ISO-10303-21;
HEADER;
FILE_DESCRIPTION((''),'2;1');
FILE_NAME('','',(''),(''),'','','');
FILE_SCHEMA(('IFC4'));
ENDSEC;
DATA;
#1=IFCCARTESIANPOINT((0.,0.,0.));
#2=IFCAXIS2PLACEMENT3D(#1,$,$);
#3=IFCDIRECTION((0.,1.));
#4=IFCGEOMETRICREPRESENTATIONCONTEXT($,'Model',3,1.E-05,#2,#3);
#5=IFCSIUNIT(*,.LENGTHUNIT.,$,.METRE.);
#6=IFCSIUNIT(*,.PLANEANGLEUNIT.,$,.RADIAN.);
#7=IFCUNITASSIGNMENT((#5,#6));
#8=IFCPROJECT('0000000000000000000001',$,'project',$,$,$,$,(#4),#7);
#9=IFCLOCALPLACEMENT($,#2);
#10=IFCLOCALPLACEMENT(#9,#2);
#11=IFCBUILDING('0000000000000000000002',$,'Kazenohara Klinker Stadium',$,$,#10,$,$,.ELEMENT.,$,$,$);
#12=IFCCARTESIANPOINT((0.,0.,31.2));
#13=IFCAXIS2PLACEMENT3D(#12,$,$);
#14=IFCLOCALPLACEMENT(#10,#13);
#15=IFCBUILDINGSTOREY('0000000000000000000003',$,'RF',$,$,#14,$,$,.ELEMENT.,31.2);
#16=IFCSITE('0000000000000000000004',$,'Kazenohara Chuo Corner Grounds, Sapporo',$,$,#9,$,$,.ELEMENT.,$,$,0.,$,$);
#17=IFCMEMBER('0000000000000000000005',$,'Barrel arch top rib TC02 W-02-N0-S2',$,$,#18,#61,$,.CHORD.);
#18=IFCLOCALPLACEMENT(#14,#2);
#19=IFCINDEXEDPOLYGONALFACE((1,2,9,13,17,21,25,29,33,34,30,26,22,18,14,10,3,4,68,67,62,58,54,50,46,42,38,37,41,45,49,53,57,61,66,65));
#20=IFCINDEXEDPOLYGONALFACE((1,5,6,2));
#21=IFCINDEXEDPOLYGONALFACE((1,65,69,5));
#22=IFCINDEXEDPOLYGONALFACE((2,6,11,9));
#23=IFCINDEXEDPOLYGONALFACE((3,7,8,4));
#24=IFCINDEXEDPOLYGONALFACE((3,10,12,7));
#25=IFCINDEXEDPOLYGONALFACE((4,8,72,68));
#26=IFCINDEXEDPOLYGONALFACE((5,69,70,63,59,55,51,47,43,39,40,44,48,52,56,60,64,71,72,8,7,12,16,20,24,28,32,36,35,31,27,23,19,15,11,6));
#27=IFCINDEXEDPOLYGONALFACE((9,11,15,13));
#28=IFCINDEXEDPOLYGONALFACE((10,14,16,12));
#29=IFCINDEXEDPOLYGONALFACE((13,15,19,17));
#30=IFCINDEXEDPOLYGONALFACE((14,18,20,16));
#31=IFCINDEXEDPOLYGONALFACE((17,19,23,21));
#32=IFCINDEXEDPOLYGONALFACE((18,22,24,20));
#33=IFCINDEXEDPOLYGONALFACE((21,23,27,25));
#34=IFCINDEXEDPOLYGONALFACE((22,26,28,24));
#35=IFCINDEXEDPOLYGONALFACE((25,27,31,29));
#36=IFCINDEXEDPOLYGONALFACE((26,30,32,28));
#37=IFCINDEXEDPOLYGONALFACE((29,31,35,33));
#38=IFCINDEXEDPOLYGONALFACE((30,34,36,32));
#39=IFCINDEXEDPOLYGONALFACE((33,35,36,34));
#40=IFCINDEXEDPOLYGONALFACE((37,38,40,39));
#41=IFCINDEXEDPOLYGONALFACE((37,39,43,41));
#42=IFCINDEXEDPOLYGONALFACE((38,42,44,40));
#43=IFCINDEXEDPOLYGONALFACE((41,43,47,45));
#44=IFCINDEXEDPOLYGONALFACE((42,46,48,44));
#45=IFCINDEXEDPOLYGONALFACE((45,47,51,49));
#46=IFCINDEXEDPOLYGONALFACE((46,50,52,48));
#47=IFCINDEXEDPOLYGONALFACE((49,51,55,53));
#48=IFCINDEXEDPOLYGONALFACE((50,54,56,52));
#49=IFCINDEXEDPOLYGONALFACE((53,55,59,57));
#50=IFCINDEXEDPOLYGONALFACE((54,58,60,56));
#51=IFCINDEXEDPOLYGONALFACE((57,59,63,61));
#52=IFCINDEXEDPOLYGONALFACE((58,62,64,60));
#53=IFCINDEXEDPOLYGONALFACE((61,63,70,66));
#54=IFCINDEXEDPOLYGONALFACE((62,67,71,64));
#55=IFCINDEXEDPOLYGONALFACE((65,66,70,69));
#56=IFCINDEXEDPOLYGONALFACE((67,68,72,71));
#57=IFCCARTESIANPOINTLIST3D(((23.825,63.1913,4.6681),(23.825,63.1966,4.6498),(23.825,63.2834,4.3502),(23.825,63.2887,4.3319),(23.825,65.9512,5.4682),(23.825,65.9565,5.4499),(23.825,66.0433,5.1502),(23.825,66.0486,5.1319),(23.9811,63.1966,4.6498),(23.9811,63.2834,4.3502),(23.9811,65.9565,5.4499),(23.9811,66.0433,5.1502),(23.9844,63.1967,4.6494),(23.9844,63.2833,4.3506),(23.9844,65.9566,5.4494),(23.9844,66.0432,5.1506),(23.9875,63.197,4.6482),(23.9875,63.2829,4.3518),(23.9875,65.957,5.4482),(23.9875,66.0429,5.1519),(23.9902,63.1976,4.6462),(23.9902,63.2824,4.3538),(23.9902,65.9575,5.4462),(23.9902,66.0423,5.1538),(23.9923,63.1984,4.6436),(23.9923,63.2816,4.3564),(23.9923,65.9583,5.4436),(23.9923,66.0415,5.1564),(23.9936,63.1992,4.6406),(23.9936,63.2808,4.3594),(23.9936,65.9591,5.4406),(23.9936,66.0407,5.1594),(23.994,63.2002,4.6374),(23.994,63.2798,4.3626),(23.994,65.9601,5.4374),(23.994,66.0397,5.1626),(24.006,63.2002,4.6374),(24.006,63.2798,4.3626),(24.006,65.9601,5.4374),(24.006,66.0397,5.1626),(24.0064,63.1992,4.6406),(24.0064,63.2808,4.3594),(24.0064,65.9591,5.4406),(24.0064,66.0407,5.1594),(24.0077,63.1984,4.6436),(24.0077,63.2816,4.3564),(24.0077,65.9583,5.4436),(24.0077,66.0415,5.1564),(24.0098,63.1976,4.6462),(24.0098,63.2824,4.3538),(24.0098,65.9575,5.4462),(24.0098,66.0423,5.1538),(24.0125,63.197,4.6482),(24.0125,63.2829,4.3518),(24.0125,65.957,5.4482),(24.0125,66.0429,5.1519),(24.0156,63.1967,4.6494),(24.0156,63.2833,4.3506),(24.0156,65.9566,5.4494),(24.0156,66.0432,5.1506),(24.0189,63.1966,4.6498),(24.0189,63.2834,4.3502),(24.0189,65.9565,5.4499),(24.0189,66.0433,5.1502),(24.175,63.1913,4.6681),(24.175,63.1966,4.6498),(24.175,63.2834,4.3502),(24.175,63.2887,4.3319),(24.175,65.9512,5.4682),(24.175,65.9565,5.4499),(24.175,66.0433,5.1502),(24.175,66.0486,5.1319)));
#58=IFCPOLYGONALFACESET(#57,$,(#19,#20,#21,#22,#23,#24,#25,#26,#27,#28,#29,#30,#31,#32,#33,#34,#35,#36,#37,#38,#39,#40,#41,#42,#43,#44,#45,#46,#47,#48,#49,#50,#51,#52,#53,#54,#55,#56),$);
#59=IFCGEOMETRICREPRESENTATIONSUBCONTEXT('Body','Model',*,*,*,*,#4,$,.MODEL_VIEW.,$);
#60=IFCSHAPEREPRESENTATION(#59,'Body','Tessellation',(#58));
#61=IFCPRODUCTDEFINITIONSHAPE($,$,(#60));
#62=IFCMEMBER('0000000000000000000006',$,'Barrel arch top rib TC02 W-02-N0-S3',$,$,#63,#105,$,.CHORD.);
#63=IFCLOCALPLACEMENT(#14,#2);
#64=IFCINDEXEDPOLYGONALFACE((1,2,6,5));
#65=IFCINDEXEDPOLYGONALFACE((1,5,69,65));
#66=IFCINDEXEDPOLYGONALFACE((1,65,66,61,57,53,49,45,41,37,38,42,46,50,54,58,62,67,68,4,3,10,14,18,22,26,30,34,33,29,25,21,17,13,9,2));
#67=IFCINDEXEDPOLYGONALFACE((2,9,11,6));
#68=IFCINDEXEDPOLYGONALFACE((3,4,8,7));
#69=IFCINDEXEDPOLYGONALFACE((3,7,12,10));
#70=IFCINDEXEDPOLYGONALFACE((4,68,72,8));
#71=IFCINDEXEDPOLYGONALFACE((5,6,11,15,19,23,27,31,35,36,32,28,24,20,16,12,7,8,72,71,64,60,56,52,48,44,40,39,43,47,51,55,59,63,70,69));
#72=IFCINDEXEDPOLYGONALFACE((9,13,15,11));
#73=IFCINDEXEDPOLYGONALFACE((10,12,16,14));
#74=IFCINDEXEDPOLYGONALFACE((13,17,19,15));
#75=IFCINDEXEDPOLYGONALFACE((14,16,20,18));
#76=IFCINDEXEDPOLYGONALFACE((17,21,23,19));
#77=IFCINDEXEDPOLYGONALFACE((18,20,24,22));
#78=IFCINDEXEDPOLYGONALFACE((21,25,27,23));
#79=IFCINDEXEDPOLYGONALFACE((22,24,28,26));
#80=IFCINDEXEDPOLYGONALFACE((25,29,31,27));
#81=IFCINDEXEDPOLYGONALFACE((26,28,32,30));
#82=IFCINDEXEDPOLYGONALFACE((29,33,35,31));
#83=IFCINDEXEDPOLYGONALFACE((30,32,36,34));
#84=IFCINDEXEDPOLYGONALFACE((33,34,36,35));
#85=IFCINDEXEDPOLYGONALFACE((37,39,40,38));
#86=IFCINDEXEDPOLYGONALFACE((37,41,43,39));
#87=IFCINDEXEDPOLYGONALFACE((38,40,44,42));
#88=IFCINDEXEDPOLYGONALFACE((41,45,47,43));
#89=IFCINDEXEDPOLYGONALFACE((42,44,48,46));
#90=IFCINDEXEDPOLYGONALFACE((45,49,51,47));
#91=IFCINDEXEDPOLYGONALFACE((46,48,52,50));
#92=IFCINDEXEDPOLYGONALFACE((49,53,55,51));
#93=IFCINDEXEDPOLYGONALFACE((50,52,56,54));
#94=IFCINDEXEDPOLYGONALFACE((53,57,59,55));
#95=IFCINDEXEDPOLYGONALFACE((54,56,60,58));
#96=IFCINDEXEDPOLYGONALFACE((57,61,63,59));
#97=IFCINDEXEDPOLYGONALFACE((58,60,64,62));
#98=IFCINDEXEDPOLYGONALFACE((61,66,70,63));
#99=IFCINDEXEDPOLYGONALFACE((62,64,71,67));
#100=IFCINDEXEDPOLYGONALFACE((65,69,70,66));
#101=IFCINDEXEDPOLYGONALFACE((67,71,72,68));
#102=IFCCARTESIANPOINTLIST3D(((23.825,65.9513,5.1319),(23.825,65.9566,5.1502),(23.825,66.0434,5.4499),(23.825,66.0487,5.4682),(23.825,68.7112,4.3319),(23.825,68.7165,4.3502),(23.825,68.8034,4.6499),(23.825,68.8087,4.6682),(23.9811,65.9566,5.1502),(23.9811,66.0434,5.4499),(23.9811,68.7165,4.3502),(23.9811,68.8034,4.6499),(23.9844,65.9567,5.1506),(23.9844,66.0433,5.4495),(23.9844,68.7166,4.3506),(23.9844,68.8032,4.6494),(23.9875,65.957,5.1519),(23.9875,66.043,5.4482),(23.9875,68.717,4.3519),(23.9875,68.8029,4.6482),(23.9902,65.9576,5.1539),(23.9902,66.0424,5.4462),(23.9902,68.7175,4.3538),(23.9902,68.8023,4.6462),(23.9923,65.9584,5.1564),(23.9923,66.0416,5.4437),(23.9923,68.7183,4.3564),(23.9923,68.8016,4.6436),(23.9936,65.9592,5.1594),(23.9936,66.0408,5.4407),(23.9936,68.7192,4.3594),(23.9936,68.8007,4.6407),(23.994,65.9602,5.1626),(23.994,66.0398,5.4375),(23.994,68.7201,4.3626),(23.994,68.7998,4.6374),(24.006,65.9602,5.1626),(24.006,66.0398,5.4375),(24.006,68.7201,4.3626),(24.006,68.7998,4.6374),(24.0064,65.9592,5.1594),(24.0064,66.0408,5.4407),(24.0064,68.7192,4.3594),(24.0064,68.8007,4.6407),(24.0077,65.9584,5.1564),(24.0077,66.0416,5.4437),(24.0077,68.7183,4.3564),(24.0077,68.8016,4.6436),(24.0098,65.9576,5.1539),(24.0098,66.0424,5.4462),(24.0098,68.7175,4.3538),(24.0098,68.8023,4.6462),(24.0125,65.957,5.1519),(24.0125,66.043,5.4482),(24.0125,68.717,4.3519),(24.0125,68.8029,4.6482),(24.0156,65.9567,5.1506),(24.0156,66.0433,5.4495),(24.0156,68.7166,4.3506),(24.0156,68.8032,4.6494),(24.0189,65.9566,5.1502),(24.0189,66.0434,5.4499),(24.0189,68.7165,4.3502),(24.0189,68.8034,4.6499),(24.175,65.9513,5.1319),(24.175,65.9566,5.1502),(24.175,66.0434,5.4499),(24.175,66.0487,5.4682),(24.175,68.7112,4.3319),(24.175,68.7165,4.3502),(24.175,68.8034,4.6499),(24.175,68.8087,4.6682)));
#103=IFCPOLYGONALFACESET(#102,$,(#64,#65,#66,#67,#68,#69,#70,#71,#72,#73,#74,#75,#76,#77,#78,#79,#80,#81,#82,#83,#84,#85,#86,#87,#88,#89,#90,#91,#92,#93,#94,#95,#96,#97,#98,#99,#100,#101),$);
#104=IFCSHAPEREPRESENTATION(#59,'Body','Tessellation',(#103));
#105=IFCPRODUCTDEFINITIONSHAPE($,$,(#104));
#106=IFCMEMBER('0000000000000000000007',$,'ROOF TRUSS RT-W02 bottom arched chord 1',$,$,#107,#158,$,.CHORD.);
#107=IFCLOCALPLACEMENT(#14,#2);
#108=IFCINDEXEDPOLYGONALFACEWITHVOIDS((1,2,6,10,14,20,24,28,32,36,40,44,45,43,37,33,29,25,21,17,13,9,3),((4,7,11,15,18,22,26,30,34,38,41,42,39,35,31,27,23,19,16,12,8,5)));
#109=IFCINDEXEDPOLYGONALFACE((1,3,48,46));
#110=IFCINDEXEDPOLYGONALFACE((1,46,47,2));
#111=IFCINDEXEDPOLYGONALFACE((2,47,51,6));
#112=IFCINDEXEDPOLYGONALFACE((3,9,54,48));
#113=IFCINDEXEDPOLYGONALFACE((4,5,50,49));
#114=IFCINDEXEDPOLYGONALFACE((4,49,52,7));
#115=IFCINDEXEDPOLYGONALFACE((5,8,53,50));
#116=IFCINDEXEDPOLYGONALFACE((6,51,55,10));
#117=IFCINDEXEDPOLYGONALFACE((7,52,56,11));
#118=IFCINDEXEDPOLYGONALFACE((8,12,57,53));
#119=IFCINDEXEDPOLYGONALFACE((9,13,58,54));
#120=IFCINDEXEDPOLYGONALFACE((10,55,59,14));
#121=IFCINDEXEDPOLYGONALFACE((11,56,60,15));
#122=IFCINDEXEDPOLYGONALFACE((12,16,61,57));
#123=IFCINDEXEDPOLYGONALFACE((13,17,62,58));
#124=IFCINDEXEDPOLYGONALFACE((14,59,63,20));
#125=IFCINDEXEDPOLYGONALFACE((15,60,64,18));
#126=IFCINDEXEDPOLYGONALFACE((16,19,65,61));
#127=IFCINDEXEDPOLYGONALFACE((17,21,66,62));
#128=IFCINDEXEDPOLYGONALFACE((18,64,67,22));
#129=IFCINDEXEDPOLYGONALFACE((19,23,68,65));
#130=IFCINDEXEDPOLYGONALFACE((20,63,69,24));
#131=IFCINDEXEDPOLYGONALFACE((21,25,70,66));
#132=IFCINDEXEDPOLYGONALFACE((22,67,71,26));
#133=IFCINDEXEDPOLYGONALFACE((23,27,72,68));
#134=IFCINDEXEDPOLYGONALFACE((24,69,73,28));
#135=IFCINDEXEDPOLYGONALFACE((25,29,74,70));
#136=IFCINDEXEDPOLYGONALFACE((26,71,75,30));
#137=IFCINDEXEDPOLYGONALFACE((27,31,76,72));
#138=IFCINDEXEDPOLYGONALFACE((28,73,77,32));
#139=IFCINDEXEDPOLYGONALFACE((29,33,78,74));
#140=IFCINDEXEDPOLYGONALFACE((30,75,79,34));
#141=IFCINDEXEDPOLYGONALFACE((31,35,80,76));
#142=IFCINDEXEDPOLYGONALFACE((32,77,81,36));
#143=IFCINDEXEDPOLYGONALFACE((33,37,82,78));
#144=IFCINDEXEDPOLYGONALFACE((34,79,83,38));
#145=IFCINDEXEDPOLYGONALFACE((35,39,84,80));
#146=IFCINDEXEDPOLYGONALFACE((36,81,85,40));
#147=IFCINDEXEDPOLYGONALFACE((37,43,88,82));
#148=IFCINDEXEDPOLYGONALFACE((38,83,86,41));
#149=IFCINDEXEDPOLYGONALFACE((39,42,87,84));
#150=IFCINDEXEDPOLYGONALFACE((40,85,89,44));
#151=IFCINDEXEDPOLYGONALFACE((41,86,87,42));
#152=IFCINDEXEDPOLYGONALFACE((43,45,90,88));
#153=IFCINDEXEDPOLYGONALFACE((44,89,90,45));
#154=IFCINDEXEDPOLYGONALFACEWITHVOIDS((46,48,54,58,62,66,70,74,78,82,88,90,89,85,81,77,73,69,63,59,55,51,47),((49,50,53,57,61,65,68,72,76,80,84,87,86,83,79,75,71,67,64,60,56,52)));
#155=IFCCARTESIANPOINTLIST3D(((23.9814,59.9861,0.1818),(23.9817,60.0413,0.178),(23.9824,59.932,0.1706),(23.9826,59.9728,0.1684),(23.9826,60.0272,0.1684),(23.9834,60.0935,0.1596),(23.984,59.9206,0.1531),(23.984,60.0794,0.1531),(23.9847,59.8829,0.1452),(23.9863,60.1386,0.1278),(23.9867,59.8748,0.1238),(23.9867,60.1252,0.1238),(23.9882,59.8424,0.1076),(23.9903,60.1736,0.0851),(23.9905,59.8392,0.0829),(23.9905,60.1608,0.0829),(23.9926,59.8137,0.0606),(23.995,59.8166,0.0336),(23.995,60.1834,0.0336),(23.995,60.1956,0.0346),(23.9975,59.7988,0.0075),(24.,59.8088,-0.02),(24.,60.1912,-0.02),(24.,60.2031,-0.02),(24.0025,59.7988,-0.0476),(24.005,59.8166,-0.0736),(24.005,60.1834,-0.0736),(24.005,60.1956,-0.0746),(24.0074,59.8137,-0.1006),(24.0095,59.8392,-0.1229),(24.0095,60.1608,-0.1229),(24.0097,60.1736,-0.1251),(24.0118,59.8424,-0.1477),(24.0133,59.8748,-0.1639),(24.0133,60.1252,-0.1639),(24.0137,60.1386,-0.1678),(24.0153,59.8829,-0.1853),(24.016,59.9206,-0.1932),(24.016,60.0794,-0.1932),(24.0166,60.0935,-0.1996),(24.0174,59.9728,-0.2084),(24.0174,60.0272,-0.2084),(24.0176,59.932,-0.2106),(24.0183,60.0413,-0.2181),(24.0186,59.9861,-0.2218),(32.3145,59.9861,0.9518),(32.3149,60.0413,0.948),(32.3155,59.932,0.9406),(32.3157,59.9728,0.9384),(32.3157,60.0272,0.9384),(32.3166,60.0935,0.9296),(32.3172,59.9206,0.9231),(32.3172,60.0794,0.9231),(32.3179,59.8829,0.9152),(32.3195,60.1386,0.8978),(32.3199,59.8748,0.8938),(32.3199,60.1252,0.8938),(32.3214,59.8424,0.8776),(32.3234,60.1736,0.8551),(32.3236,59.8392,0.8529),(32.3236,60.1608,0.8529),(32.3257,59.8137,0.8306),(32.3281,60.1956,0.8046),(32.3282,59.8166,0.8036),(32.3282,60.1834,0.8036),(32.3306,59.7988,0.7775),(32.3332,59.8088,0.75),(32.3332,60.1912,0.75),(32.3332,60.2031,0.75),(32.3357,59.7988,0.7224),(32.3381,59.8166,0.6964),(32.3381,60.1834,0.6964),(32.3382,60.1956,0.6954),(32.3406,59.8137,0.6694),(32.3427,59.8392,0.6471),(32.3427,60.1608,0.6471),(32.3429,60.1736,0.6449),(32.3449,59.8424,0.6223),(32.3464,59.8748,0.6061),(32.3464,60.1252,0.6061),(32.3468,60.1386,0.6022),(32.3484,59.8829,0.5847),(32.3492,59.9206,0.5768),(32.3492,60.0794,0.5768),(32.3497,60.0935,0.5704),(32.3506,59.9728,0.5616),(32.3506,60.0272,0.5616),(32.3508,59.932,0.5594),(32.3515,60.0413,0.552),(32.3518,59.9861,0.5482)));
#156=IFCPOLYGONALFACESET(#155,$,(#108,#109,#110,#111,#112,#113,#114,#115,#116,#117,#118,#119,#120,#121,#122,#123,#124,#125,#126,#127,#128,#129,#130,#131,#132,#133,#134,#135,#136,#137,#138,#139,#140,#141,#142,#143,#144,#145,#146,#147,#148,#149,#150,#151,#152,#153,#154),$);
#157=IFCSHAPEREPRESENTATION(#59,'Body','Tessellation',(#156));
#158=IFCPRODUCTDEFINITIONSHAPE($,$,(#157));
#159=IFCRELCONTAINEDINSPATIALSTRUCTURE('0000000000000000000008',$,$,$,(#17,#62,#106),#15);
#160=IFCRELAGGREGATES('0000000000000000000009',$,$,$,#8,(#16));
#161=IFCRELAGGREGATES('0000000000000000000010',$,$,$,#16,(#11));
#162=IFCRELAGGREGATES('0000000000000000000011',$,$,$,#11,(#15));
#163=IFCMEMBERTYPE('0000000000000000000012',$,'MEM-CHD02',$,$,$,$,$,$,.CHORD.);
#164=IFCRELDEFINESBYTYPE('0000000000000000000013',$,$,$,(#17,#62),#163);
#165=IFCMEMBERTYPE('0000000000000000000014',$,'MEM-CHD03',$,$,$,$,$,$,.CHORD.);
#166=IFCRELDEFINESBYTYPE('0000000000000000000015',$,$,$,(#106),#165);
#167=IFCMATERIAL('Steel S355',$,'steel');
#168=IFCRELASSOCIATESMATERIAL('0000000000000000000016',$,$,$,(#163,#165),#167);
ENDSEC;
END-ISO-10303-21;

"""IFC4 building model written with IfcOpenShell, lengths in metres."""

from ifc_helpers import new_model, si_unit, direction, frame, origin, origin_2d, place, context, subcontext, project, spatial, hollow_circle, i_section, extrude, material, material_profile, profile_set, type_object, element, save


model = new_model("IFC4")

# Units and contexts
model_context = context("Model", 3, precision=1e-05, world=origin(), true_north=direction((0.0, 1.0)))
body_context = subcontext(model_context, "Body", "Model", "MODEL_VIEW")
ifc_project = project(units=[si_unit("LENGTHUNIT", "METRE"), si_unit("PLANEANGLEUNIT", "RADIAN")], contexts=[model_context])

# Site, building, storey
site_placement = place(None, origin())
site = spatial("IfcSite", under=ifc_project, at=site_placement, Name="Kazenohara Chuo Corner Grounds, Sapporo", CompositionType="ELEMENT", RefElevation=0.0)
building_placement = place(site_placement, origin())
building = spatial("IfcBuilding", under=site, at=building_placement, Name="Kazenohara Klinker Stadium", CompositionType="ELEMENT")
storey_placement = place(building_placement, frame((0.0, 0.0, 31.2)))
storey = spatial("IfcBuildingStorey", under=building, at=storey_placement, Name="RF", CompositionType="ELEMENT", Elevation=31.2)

# Members
ifc_material_1 = material(Name="Steel S355", Category="steel")
ifc_material_profile_1 = material_profile(ifc_material_1, i_section(OverallWidth=0.3501, OverallDepth=0.3501, WebThickness=0.012, FlangeThickness=0.019, FilletRadius=0.0129, at=origin_2d()), Name="H-350x350x12x19")
ifc_profile_set_1 = profile_set([ifc_material_profile_1], Name="Steel S355")
member_type_1 = type_object("IfcMemberType", Name="MEM-CHD02", PredefinedType="CHORD", material=ifc_profile_set_1)
for number, where, z_axis, x_axis, name in (
    (1, (24.0, 63.24, 4.5), (0.0, 0.960462, 0.278411), (-1.0, 0.0, 0.0), "Barrel arch top rib TC02 W-02-N0-S2"),
    (2, (24.0, 66.0, 5.3), (0.0, 0.960462, -0.278411), (-1.0, 0.0, 0.0), "Barrel arch top rib TC02 W-02-N0-S3"),
):
    element("IfcMember", number, at=place(storey_placement, frame(where, z_axis=z_axis, x_axis=x_axis)), inside=storey, type_object=member_type_1, Name=name, PredefinedType="CHORD", context=body_context, shape_type="SweptSolid", body=[
        extrude(i_section(OverallWidth=0.3501, OverallDepth=0.3501, WebThickness=0.012, FlangeThickness=0.019, FilletRadius=0.0129, at=origin_2d()), origin(), (0.0, 0.0, 1.0), 2.8735),
    ])
ifc_material_profile_2 = material_profile(ifc_material_1, hollow_circle(Radius=0.2031, WallThickness=0.012, at=origin_2d()), Name="CHS-406.4x12")
ifc_profile_set_2 = profile_set([ifc_material_profile_2], Name="Steel S355")
member_type_2 = type_object("IfcMemberType", Name="MEM-CHD03", PredefinedType="CHORD", material=ifc_profile_set_2)
member_1_placement = place(storey_placement, frame((24.0, 60.0, -0.02), z_axis=(0.995758, 0.0, 0.092011), x_axis=(0.0, 1.0, 0.0)))
element("IfcMember", 3, at=member_1_placement, inside=storey, type_object=member_type_2, Name="ROOF TRUSS RT-W02 bottom arched chord 1", PredefinedType="CHORD", context=body_context, shape_type="SweptSolid", body=[
    extrude(hollow_circle(Radius=0.2031, WallThickness=0.012, at=origin_2d()), origin(), (0.0, 0.0, 1.0), 8.3687),
])

save(model, "model.ifc")
